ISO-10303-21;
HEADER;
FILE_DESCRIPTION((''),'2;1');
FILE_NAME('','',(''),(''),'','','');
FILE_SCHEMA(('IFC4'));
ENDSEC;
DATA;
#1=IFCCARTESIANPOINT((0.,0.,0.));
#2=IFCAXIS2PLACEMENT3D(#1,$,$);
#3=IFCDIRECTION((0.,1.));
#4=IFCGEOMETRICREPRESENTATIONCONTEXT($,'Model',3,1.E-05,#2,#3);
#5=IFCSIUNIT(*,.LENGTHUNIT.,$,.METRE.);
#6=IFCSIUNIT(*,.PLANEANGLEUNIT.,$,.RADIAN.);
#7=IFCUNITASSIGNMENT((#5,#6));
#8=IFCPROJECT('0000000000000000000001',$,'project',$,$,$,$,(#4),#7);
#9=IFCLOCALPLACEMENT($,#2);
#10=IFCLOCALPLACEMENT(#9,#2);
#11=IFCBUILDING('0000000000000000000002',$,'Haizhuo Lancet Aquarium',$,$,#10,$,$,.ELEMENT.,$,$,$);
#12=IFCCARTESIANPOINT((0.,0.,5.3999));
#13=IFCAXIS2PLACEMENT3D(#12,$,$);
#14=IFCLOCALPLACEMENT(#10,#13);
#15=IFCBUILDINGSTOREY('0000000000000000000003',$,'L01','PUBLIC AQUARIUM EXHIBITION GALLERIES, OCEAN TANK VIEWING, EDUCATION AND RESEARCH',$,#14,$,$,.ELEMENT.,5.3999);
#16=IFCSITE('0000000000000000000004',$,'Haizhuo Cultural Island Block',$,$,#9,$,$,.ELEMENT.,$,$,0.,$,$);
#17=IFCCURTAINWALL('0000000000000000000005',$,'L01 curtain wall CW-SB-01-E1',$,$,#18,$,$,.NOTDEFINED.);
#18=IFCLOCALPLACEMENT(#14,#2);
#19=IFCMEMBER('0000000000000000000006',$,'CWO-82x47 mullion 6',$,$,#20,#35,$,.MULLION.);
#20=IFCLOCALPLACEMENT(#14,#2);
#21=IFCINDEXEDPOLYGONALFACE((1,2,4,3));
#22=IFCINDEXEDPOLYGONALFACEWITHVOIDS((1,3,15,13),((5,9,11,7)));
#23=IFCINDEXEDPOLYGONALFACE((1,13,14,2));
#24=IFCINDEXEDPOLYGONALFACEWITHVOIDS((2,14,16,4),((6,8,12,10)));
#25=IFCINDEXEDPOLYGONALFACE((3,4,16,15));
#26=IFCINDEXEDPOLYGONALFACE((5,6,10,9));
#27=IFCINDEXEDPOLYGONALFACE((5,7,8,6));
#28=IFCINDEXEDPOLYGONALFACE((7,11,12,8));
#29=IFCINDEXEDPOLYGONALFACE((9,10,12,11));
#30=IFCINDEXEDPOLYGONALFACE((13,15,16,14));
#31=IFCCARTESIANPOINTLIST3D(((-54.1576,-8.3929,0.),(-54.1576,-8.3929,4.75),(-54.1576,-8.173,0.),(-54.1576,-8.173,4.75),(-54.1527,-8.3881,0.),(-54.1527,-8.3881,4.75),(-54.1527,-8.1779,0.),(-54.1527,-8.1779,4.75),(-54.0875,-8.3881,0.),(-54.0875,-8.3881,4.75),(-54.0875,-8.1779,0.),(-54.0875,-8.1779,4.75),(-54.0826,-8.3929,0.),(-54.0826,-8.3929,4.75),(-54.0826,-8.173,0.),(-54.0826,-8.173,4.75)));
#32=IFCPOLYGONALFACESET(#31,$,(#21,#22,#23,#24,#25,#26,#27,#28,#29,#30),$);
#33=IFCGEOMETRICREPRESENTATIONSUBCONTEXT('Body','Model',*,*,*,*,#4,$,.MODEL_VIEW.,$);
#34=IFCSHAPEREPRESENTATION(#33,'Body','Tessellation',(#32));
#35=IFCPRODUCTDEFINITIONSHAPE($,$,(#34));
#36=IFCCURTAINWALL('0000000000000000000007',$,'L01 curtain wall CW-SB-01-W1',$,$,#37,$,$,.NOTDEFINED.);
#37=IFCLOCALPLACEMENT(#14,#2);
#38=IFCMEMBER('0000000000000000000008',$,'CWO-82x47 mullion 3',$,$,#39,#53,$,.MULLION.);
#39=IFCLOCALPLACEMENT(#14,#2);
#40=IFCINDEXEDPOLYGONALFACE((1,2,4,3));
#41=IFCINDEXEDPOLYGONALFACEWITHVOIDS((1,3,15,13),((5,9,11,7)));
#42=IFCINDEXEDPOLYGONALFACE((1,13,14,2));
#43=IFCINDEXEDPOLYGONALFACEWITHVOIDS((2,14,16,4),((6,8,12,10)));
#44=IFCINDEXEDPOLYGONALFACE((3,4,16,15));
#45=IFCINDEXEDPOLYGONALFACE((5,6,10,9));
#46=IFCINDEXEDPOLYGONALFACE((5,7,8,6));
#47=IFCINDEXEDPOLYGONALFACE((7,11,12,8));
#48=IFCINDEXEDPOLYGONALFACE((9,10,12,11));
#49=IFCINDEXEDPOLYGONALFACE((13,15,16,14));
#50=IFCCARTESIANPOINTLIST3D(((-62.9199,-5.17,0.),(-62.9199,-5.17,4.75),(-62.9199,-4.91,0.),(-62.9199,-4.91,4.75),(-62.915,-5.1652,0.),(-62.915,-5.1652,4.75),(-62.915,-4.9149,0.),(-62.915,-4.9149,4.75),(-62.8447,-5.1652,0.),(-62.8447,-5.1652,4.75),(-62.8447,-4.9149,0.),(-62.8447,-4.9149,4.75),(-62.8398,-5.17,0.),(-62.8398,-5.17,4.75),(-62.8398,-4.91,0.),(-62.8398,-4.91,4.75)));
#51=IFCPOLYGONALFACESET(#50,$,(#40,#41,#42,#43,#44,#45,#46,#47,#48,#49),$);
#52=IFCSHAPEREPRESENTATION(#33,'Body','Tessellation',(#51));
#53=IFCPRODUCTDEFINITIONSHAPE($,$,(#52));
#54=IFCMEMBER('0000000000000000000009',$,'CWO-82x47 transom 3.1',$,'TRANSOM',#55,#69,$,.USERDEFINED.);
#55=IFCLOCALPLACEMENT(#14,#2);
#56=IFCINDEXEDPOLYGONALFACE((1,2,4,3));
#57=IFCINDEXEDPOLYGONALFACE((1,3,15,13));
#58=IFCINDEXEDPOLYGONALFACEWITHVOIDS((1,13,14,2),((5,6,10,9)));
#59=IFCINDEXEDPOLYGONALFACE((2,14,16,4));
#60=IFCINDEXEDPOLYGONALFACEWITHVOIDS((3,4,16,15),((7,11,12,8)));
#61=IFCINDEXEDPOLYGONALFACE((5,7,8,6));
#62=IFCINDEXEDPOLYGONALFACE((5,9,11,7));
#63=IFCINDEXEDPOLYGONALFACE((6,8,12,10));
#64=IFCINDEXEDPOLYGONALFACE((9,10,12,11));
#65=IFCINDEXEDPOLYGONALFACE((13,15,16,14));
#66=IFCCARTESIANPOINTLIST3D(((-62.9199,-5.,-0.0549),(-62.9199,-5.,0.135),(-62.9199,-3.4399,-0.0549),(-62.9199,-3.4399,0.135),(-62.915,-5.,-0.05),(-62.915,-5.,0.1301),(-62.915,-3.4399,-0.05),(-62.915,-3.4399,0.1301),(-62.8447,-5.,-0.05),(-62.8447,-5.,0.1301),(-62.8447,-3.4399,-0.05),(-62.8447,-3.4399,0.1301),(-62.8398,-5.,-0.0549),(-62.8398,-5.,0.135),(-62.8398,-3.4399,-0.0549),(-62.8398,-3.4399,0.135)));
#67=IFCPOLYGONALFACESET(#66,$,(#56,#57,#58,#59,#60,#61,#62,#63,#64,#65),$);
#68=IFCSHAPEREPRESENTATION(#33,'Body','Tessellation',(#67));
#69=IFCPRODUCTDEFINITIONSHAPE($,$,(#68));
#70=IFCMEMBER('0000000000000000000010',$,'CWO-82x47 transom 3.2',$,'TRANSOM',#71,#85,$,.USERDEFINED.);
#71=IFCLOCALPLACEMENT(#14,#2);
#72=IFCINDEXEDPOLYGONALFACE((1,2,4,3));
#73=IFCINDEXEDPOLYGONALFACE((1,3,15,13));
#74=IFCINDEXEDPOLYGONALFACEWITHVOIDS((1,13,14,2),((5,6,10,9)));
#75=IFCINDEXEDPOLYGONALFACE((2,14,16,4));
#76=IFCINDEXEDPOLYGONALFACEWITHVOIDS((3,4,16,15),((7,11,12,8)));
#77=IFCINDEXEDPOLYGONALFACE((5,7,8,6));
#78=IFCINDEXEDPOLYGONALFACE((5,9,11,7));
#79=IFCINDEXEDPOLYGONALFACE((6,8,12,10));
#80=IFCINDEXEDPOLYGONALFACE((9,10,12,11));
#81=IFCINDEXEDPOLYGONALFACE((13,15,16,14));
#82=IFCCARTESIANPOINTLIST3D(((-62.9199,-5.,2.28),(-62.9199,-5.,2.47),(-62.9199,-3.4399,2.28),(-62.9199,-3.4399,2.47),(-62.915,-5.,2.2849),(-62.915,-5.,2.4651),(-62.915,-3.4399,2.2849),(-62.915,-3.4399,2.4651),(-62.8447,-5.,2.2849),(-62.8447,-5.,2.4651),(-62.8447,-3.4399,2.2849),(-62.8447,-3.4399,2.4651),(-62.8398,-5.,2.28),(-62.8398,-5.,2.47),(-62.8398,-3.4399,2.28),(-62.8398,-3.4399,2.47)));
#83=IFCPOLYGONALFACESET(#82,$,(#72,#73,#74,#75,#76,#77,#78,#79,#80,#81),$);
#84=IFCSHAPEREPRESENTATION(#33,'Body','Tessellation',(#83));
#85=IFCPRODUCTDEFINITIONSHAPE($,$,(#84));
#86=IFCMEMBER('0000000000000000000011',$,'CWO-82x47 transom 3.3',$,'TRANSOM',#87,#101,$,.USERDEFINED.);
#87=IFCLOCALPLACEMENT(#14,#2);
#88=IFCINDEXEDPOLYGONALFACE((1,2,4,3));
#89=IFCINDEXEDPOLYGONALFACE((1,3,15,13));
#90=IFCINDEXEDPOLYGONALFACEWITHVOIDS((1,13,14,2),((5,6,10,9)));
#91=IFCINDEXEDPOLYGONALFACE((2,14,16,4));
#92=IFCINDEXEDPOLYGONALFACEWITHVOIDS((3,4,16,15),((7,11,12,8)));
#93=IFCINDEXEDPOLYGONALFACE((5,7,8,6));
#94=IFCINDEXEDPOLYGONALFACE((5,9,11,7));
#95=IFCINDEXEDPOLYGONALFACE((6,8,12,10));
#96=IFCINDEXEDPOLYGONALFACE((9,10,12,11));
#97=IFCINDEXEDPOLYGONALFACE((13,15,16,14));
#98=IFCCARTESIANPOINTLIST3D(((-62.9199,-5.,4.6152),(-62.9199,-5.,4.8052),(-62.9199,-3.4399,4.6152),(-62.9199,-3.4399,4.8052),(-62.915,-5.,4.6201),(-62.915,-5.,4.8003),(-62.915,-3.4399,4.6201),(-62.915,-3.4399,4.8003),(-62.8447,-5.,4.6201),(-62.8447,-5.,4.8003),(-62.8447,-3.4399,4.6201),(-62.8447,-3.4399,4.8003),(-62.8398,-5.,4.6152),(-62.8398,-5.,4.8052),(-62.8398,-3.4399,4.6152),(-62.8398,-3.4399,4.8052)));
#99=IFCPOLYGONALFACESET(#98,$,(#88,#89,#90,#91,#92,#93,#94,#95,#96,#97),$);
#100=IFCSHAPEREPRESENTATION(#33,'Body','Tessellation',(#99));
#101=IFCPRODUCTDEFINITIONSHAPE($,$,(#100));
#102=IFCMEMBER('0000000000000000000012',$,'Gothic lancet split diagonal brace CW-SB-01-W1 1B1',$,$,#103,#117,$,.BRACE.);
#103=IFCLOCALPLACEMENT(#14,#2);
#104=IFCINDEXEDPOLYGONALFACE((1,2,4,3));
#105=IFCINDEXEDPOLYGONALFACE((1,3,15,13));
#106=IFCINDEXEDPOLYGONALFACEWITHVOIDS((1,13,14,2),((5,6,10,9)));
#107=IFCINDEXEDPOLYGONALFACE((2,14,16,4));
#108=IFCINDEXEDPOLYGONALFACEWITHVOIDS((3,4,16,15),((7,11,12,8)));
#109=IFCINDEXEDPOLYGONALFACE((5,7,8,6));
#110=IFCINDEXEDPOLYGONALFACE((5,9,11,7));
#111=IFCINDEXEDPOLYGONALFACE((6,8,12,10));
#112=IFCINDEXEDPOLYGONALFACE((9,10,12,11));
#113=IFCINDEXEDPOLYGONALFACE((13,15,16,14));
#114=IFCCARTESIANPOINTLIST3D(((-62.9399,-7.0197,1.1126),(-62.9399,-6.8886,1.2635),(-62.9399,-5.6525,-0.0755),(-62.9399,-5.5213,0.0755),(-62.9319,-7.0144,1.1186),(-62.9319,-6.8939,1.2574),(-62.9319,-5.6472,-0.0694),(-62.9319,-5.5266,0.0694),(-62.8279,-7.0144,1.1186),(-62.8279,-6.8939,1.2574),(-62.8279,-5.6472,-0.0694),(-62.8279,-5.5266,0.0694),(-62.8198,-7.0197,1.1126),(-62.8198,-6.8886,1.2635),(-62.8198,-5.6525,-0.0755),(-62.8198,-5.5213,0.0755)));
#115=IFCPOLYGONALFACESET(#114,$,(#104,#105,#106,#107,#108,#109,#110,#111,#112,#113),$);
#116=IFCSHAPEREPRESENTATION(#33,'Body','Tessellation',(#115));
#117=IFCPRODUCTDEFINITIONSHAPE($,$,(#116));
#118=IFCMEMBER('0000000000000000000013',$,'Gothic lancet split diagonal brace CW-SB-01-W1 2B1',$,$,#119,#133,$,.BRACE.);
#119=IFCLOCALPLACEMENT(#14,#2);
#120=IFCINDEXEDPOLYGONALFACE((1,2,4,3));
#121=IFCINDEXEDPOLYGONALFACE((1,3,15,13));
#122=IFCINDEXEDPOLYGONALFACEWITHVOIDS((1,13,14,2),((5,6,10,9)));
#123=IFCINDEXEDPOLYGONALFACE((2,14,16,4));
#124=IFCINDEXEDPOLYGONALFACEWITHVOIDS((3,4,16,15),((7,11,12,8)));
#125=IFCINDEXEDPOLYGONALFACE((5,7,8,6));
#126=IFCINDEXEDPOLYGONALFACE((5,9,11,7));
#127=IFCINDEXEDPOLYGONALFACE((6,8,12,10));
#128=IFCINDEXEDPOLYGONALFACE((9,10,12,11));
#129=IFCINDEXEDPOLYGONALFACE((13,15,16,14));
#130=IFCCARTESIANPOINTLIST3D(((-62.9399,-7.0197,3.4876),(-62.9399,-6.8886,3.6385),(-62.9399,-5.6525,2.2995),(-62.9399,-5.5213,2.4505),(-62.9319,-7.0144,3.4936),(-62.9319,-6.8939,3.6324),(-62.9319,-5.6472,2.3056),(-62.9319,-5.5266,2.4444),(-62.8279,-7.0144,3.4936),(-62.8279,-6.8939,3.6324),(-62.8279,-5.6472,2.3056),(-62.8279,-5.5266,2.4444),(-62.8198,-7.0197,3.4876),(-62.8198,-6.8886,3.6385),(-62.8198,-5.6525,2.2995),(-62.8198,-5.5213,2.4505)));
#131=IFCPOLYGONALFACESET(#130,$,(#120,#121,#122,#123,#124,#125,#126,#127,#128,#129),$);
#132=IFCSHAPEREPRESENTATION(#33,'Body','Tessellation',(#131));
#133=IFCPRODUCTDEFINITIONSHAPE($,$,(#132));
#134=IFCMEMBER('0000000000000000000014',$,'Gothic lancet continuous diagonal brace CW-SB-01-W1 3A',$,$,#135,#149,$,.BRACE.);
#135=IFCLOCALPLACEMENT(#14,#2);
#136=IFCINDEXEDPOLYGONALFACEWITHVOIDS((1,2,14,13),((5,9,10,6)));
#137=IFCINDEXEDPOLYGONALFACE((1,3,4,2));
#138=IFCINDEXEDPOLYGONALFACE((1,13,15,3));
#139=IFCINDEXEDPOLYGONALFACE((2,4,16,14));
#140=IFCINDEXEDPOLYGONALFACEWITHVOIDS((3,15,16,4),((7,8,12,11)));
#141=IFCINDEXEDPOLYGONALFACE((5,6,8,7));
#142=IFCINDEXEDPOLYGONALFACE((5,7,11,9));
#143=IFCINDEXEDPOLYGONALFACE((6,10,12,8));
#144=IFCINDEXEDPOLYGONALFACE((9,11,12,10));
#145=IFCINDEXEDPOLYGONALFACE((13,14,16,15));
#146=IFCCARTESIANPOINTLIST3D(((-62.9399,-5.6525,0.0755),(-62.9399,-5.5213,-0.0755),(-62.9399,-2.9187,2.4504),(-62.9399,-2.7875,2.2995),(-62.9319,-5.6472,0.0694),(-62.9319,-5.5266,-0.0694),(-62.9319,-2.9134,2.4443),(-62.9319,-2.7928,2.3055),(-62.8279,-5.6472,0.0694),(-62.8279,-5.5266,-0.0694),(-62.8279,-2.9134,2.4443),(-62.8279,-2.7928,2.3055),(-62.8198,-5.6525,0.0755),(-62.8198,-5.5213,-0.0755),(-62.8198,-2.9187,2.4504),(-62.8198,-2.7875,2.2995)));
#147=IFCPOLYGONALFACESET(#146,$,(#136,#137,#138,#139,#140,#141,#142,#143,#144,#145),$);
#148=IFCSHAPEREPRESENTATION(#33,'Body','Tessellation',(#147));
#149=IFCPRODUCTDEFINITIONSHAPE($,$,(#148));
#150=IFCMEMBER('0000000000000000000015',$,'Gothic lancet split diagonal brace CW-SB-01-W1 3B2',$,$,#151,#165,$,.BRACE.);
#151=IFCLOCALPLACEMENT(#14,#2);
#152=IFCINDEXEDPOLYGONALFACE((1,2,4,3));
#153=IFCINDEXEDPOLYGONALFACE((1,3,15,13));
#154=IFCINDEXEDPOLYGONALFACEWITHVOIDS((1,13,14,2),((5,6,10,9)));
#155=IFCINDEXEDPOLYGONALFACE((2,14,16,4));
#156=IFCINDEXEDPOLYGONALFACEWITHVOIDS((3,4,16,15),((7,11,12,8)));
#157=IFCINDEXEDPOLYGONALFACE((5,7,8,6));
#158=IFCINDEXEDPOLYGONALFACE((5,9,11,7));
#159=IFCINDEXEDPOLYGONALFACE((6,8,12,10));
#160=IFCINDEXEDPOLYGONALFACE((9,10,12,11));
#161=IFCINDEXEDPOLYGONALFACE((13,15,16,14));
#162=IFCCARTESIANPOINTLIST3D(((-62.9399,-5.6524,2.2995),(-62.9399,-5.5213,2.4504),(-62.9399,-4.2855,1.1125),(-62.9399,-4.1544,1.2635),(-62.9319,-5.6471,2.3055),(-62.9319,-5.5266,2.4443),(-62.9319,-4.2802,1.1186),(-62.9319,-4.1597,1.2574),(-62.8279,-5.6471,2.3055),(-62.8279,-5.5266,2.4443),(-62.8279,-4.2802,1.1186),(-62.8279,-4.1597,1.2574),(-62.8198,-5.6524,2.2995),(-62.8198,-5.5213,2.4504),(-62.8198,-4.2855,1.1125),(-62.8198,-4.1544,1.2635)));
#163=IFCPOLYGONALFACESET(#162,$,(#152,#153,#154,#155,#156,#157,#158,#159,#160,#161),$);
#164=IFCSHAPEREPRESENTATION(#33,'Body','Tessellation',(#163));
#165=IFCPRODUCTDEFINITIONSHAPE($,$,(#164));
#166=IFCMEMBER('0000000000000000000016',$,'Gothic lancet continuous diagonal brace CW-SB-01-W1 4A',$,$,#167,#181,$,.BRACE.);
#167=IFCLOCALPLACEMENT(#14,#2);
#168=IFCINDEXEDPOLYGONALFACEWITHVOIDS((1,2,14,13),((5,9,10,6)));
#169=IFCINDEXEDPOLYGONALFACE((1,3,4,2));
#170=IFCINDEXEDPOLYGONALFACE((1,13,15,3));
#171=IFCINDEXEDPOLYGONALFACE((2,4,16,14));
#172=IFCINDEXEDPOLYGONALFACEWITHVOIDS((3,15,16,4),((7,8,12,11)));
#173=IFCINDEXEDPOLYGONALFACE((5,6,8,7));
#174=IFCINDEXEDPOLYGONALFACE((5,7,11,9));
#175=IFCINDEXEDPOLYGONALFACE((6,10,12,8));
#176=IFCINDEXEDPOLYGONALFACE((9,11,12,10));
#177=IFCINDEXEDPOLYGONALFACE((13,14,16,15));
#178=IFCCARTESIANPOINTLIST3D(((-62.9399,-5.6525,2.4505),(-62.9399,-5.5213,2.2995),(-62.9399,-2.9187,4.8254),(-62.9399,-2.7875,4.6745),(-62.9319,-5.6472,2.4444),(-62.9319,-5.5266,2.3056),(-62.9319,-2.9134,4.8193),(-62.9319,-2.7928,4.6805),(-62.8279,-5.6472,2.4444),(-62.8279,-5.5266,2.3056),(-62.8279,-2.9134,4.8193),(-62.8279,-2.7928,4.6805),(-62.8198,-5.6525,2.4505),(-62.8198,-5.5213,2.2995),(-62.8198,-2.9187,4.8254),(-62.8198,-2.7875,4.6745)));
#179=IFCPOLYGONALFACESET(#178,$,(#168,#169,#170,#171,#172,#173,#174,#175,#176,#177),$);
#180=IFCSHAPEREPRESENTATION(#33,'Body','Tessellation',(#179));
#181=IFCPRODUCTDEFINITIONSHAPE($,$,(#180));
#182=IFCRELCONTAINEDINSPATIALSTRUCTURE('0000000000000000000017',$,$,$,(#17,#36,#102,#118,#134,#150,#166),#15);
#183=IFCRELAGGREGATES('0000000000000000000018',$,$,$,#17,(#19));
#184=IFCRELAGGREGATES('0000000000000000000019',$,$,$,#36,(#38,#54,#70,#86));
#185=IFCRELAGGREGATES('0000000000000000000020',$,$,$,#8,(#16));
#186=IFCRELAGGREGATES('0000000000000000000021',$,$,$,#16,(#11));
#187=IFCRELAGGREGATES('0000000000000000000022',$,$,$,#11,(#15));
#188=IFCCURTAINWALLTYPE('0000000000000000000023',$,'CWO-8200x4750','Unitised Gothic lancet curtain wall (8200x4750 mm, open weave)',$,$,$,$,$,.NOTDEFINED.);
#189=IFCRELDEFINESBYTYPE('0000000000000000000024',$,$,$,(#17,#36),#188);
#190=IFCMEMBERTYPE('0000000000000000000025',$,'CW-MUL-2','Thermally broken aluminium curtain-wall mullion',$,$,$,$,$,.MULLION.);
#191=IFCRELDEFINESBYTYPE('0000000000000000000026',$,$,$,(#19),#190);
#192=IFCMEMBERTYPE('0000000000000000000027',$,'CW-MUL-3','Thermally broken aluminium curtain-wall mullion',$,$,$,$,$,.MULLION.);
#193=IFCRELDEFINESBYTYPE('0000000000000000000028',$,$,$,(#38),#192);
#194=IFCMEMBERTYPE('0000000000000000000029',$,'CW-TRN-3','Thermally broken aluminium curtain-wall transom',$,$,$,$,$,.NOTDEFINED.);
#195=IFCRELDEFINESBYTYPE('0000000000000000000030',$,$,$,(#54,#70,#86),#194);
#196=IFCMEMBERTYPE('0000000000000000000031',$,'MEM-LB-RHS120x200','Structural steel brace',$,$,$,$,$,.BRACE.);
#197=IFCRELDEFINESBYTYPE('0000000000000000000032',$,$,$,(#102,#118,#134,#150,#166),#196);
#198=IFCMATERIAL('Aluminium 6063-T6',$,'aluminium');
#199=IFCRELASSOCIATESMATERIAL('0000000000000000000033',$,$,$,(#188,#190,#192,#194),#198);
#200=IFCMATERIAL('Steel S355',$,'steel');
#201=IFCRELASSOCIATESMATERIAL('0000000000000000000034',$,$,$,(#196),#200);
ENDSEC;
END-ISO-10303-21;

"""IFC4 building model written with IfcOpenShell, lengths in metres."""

from ifc_helpers import new_model, si_unit, direction, frame, origin, origin_2d, place, context, subcontext, project, spatial, hollow_rectangle, extrude, material, material_profile, profile_set, type_object, element, aggregate, save


model = new_model("IFC4")

# Units and contexts
model_context = context("Model", 3, precision=1e-05, world=origin(), true_north=direction((0.0, 1.0)))
body_context = subcontext(model_context, "Body", "Model", "MODEL_VIEW")
ifc_project = project(units=[si_unit("LENGTHUNIT", "METRE"), si_unit("PLANEANGLEUNIT", "RADIAN")], contexts=[model_context])

# Site, building, storey
site_placement = place(None, origin())
site = spatial("IfcSite", under=ifc_project, at=site_placement, Name="Haizhuo Cultural Island Block", CompositionType="ELEMENT", RefElevation=0.0)
building_placement = place(site_placement, origin())
building = spatial("IfcBuilding", under=site, at=building_placement, Name="Haizhuo Lancet Aquarium", CompositionType="ELEMENT")
storey_placement = place(building_placement, frame((0.0, 0.0, 5.3999)))
storey = spatial("IfcBuildingStorey", under=building, at=storey_placement, Name="L01", Description="PUBLIC AQUARIUM EXHIBITION GALLERIES, OCEAN TANK VIEWING, EDUCATION AND RESEARCH", CompositionType="ELEMENT", Elevation=5.3999)

# Curtain wall, member
ifc_material_1 = material(Name="Aluminium 6063-T6", Category="aluminium")
curtain_wall_type = type_object("IfcCurtainWallType", Name="CWO-8200x4750", Description="Unitised Gothic lancet curtain wall (8200x4750 mm, open weave)", PredefinedType="NOTDEFINED", material=ifc_material_1)
curtain_wall_1_placement = place(storey_placement, origin())
curtain_wall_1 = element("IfcCurtainWall", 1, at=curtain_wall_1_placement, inside=storey, type_object=curtain_wall_type, Name="L01 curtain wall CW-SB-01-E1", PredefinedType="NOTDEFINED")
ifc_material_profile_1 = material_profile(ifc_material_1, hollow_rectangle(XDim=0.075, YDim=0.22, WallThickness=0.0049, at=origin_2d()), Name="ALU-M 75x220x5")
ifc_profile_set_1 = profile_set([ifc_material_profile_1], Name="Aluminium 6063-T6")
member_type_1 = type_object("IfcMemberType", Name="CW-MUL-2", Description="Thermally broken aluminium curtain-wall mullion", PredefinedType="MULLION", material=ifc_profile_set_1)
member_1_placement = place(storey_placement, frame((-54.1201, -8.283, 0.0), z_axis=(0.0, 0.0, 1.0), x_axis=(1.0, 0.0, 0.0)))
member_1 = element("IfcMember", 2, at=member_1_placement, type_object=member_type_1, Name="CWO-82x47 mullion 6", PredefinedType="MULLION", context=body_context, shape_type="SweptSolid", body=[
    extrude(hollow_rectangle(XDim=0.075, YDim=0.22, WallThickness=0.0049, at=origin_2d()), origin(), (0.0, 0.0, 1.0), 4.75),
])

# Curtain wall, members
curtain_wall_2_placement = place(storey_placement, origin())
curtain_wall_2 = element("IfcCurtainWall", 3, at=curtain_wall_2_placement, inside=storey, type_object=curtain_wall_type, Name="L01 curtain wall CW-SB-01-W1", PredefinedType="NOTDEFINED")
ifc_material_profile_2 = material_profile(ifc_material_1, hollow_rectangle(XDim=0.0801, YDim=0.26, WallThickness=0.0049, at=origin_2d()), Name="ALU-M 80x260x5")
ifc_profile_set_2 = profile_set([ifc_material_profile_2], Name="Aluminium 6063-T6")
member_type_2 = type_object("IfcMemberType", Name="CW-MUL-3", Description="Thermally broken aluminium curtain-wall mullion", PredefinedType="MULLION", material=ifc_profile_set_2)
member_2_placement = place(storey_placement, frame((-62.8799, -5.04, 0.0), z_axis=(0.0, 0.0, 1.0), x_axis=(-1.0, 0.0, 0.0)))
member_2 = element("IfcMember", 4, at=member_2_placement, type_object=member_type_2, Name="CWO-82x47 mullion 3", PredefinedType="MULLION", context=body_context, shape_type="SweptSolid", body=[
    extrude(hollow_rectangle(XDim=0.0801, YDim=0.26, WallThickness=0.0049, at=origin_2d()), origin(), (0.0, 0.0, 1.0), 4.75),
])
ifc_material_profile_3 = material_profile(ifc_material_1, hollow_rectangle(XDim=0.0801, YDim=0.1899, WallThickness=0.0049, at=origin_2d()), Name="ALU-T 80x190x5")
ifc_profile_set_3 = profile_set([ifc_material_profile_3], Name="Aluminium 6063-T6")
member_type_3 = type_object("IfcMemberType", Name="CW-TRN-3", Description="Thermally broken aluminium curtain-wall transom", PredefinedType="NOTDEFINED", material=ifc_profile_set_3)
member_3_placement = place(storey_placement, frame((-62.8799, -5.0, 0.04), z_axis=(0.0, 1.0, 0.0), x_axis=(-1.0, 0.0, 0.0)))
member_3 = element("IfcMember", 5, at=member_3_placement, type_object=member_type_3, Name="CWO-82x47 transom 3.1", ObjectType="TRANSOM", PredefinedType="USERDEFINED", context=body_context, shape_type="SweptSolid", body=[
    extrude(hollow_rectangle(XDim=0.0801, YDim=0.1899, WallThickness=0.0049, at=origin_2d()), origin(), (0.0, 0.0, 1.0), 1.5601),
])
member_4_placement = place(storey_placement, frame((-62.8799, -5.0, 2.375), z_axis=(0.0, 1.0, 0.0), x_axis=(-1.0, 0.0, 0.0)))
member_4 = element("IfcMember", 6, at=member_4_placement, type_object=member_type_3, Name="CWO-82x47 transom 3.2", ObjectType="TRANSOM", PredefinedType="USERDEFINED", context=body_context, shape_type="SweptSolid", body=[
    extrude(hollow_rectangle(XDim=0.0801, YDim=0.1899, WallThickness=0.0049, at=origin_2d()), origin(), (0.0, 0.0, 1.0), 1.5601),
])
member_5_placement = place(storey_placement, frame((-62.8799, -5.0, 4.7102), z_axis=(0.0, 1.0, 0.0), x_axis=(-1.0, 0.0, 0.0)))
member_5 = element("IfcMember", 7, at=member_5_placement, type_object=member_type_3, Name="CWO-82x47 transom 3.3", ObjectType="TRANSOM", PredefinedType="USERDEFINED", context=body_context, shape_type="SweptSolid", body=[
    extrude(hollow_rectangle(XDim=0.0801, YDim=0.1899, WallThickness=0.0049, at=origin_2d()), origin(), (0.0, 0.0, 1.0), 1.5601),
])

# Members
ifc_material_2 = material(Name="Steel S355", Category="steel")
ifc_material_profile_4 = material_profile(ifc_material_2, hollow_rectangle(XDim=0.1201, YDim=0.2, WallThickness=0.0081, at=origin_2d()), Name="RHS 120x200x8")
ifc_profile_set_4 = profile_set([ifc_material_profile_4], Name="Steel S355")
member_type_4 = type_object("IfcMemberType", Name="MEM-LB-RHS120x200", Description="Structural steel brace", PredefinedType="BRACE", material=ifc_profile_set_4)
for number, where, z_axis, x_axis, name in (
    (8, (-62.8799, -5.5869, 0.0), (0.0, -0.754843, 0.655905), (1.0, 0.0, 0.0), "Gothic lancet split diagonal brace CW-SB-01-W1 1B1"),
    (9, (-62.8799, -5.5869, 2.375), (0.0, -0.754843, 0.655905), (1.0, 0.0, 0.0), "Gothic lancet split diagonal brace CW-SB-01-W1 2B1"),
):
    element("IfcMember", number, at=place(storey_placement, frame(where, z_axis=z_axis, x_axis=x_axis)), inside=storey, type_object=member_type_4, Name=name, PredefinedType="BRACE", context=body_context, shape_type="SweptSolid", body=[
        extrude(hollow_rectangle(XDim=0.1201, YDim=0.2, WallThickness=0.0081, at=origin_2d()), origin(), (0.0, 0.0, 1.0), 1.8113),
    ])
member_6_placement = place(storey_placement, frame((-62.8799, -5.5869, 0.0), z_axis=(0.0, 0.754919, 0.655818), x_axis=(-1.0, 0.0, 0.0)))
element("IfcMember", 10, at=member_6_placement, inside=storey, type_object=member_type_4, Name="Gothic lancet continuous diagonal brace CW-SB-01-W1 3A", PredefinedType="BRACE", context=body_context, shape_type="SweptSolid", body=[
    extrude(hollow_rectangle(XDim=0.1201, YDim=0.2, WallThickness=0.0081, at=origin_2d()), origin(), (0.0, 0.0, 1.0), 3.6213),
])
member_7_placement = place(storey_placement, frame((-62.8799, -4.22, 1.188), z_axis=(0.0, -0.755052, 0.655664), x_axis=(1.0, 0.0, 0.0)))
element("IfcMember", 11, at=member_7_placement, inside=storey, type_object=member_type_4, Name="Gothic lancet split diagonal brace CW-SB-01-W1 3B2", PredefinedType="BRACE", context=body_context, shape_type="SweptSolid", body=[
    extrude(hollow_rectangle(XDim=0.1201, YDim=0.2, WallThickness=0.0081, at=origin_2d()), origin(), (0.0, 0.0, 1.0), 1.8103),
])
member_8_placement = place(storey_placement, frame((-62.8799, -5.5869, 2.375), z_axis=(0.0, 0.754919, 0.655818), x_axis=(-1.0, 0.0, 0.0)))
element("IfcMember", 12, at=member_8_placement, inside=storey, type_object=member_type_4, Name="Gothic lancet continuous diagonal brace CW-SB-01-W1 4A", PredefinedType="BRACE", context=body_context, shape_type="SweptSolid", body=[
    extrude(hollow_rectangle(XDim=0.1201, YDim=0.2, WallThickness=0.0081, at=origin_2d()), origin(), (0.0, 0.0, 1.0), 3.6213),
])

aggregate(curtain_wall_1, [member_1])
aggregate(curtain_wall_2, [member_2, member_3, member_4, member_5])

save(model, "model.ifc")
